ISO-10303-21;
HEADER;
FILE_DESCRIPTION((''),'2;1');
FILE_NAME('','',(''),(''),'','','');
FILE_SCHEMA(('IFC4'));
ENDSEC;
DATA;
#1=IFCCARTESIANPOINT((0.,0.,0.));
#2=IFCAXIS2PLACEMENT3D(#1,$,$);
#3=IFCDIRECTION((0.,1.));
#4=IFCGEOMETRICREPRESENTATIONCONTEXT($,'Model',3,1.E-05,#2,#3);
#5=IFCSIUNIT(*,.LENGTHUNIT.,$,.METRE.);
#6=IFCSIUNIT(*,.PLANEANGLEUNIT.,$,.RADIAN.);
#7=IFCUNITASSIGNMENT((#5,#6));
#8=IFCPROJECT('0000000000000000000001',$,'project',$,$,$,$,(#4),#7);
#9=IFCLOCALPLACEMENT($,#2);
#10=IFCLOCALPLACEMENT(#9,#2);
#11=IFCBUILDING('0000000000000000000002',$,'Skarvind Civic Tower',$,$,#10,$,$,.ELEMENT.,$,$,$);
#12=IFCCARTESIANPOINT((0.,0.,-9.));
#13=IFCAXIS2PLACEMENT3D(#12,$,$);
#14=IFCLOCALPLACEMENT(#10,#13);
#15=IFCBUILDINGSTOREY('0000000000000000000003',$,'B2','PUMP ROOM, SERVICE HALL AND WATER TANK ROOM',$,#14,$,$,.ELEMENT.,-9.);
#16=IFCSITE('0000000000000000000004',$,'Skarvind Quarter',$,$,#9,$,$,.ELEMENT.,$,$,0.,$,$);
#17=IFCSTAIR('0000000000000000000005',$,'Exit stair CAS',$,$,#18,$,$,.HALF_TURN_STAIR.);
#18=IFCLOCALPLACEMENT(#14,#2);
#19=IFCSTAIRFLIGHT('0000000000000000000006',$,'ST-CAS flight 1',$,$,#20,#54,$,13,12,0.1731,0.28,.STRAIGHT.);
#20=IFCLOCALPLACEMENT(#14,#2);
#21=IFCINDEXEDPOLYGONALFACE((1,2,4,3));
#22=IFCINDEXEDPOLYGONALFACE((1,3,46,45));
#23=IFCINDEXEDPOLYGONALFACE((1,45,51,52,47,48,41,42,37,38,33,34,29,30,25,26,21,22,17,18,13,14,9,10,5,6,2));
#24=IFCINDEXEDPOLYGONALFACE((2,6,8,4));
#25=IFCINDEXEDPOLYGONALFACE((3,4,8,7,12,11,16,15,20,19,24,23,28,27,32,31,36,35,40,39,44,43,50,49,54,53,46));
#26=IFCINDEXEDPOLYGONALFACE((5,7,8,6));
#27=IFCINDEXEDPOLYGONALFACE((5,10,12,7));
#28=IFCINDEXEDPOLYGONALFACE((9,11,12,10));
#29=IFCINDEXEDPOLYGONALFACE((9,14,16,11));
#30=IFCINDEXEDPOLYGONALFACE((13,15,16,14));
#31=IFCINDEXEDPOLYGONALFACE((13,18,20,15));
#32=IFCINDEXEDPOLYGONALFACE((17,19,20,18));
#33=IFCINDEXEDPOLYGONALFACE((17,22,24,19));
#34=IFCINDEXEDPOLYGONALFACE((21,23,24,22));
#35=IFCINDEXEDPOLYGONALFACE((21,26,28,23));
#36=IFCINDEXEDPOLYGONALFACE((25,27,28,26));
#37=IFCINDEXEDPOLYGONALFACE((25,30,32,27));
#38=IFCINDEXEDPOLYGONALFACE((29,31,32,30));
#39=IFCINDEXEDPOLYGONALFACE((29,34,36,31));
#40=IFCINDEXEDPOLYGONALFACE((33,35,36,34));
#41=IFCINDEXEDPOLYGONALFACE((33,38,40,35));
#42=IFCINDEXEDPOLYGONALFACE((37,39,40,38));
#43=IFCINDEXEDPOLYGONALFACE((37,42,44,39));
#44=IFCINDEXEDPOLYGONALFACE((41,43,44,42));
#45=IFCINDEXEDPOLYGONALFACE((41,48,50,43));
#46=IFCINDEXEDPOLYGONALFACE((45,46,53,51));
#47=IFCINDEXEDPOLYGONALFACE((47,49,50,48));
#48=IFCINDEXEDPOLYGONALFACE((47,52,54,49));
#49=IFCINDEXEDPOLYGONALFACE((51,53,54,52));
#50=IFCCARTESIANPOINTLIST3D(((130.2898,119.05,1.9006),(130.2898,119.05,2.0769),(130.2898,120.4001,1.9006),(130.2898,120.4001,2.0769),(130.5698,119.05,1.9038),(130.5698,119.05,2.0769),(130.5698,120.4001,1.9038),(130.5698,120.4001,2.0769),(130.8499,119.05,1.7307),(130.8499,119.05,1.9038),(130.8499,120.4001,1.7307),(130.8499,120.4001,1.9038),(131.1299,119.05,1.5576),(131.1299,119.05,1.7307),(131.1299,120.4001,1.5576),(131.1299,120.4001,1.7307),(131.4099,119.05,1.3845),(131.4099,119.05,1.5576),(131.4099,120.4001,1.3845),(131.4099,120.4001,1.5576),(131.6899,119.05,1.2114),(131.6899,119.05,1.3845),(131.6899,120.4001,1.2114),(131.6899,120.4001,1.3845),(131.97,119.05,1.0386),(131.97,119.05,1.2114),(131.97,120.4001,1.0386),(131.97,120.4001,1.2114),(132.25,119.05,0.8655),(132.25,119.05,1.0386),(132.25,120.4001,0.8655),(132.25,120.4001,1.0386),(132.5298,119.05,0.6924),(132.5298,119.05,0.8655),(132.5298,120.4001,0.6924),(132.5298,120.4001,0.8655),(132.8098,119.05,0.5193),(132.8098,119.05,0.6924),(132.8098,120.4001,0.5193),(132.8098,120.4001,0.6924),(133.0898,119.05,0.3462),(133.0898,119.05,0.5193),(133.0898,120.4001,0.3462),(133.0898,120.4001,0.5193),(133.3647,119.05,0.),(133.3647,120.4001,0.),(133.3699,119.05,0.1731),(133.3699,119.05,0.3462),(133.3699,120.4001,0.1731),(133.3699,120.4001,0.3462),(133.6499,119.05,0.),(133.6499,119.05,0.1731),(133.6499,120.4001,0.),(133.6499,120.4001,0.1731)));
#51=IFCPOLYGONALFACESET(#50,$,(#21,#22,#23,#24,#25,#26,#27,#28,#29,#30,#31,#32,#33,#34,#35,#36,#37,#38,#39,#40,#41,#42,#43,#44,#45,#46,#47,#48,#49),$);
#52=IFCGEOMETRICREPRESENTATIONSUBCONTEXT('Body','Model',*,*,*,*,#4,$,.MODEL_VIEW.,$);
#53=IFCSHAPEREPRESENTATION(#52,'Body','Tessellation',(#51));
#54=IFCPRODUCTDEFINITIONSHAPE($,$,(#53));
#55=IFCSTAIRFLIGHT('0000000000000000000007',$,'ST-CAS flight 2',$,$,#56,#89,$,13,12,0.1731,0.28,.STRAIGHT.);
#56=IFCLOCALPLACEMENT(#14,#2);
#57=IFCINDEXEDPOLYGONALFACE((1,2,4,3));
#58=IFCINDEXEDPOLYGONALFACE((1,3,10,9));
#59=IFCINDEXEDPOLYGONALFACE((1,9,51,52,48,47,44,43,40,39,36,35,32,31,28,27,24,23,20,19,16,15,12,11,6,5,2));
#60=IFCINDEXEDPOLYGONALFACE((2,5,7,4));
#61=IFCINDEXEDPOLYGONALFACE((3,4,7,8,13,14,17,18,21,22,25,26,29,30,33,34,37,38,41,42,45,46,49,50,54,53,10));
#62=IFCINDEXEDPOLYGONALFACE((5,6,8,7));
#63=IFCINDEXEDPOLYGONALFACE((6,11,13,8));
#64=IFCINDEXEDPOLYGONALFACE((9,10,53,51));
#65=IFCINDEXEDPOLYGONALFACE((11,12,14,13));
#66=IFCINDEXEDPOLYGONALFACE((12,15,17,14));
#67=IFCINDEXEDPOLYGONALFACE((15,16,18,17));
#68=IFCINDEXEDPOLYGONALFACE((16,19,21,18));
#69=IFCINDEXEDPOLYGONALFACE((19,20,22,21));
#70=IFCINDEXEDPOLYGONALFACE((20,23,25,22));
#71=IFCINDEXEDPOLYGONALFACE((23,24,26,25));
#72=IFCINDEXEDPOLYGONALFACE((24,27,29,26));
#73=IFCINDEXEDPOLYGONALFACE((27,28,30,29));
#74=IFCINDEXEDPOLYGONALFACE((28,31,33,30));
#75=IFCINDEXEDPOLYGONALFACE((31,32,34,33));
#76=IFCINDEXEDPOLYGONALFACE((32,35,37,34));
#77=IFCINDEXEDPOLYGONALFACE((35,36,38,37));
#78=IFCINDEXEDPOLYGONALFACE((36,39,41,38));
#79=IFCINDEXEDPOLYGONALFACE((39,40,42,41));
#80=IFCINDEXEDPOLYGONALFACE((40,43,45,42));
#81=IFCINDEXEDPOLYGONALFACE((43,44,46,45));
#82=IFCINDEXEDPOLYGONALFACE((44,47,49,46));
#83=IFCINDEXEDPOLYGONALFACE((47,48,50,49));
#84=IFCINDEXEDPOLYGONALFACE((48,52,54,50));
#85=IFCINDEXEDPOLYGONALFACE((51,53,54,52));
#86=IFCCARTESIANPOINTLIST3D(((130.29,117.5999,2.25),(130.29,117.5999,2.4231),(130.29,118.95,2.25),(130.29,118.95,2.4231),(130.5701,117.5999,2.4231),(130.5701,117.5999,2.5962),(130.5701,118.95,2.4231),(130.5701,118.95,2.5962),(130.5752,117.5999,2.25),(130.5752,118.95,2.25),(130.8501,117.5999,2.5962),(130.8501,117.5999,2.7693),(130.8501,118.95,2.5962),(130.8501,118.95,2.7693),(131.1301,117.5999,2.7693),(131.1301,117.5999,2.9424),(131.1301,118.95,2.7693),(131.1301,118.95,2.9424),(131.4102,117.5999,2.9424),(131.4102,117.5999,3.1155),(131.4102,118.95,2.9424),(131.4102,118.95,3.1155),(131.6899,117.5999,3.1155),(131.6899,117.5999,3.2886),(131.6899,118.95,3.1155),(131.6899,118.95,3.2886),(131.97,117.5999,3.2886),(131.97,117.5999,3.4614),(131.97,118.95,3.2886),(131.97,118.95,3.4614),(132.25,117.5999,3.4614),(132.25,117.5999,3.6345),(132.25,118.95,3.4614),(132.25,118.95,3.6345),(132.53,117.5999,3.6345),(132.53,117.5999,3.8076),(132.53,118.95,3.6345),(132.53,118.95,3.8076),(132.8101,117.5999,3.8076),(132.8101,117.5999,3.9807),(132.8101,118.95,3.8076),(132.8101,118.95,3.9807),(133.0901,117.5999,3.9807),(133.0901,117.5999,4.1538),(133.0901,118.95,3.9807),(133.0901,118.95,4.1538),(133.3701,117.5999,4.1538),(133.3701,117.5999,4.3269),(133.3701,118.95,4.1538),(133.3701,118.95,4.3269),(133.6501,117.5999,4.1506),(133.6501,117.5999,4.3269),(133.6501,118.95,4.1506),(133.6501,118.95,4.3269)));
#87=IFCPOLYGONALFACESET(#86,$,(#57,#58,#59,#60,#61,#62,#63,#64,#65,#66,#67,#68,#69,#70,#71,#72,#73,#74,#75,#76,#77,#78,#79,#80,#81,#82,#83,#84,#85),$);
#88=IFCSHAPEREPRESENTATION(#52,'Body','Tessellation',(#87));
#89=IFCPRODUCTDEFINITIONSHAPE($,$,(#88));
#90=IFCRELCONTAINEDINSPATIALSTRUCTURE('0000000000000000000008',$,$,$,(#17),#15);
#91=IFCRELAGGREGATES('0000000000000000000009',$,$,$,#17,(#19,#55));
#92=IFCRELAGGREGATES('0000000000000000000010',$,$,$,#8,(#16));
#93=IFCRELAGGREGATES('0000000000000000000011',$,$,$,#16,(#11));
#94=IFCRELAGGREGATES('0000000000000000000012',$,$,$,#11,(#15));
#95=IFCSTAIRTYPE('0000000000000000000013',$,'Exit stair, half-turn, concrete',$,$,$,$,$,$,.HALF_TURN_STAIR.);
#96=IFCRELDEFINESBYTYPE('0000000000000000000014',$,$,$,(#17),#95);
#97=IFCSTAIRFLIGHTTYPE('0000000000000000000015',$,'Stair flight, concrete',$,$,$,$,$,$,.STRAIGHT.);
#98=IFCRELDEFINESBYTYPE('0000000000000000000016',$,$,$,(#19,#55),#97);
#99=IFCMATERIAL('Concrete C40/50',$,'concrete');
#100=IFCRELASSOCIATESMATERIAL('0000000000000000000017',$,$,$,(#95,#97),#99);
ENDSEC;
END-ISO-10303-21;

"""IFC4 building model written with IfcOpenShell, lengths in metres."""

from ifc_helpers import new_model, si_unit, direction, frame, origin, place, context, subcontext, project, spatial, polyline, outline, extrude, material, type_object, element, aggregate, save


model = new_model("IFC4")

# Units and contexts
model_context = context("Model", 3, precision=1e-05, world=origin(), true_north=direction((0.0, 1.0)))
body_context = subcontext(model_context, "Body", "Model", "MODEL_VIEW")
ifc_project = project(units=[si_unit("LENGTHUNIT", "METRE"), si_unit("PLANEANGLEUNIT", "RADIAN")], contexts=[model_context])

# Site, building, storey
site_placement = place(None, origin())
site = spatial("IfcSite", under=ifc_project, at=site_placement, Name="Skarvind Quarter", CompositionType="ELEMENT", RefElevation=0.0)
building_placement = place(site_placement, origin())
building = spatial("IfcBuilding", under=site, at=building_placement, Name="Skarvind Civic Tower", CompositionType="ELEMENT")
storey_placement = place(building_placement, frame((0.0, 0.0, -9.0)))
storey = spatial("IfcBuildingStorey", under=building, at=storey_placement, Name="B2", Description="PUMP ROOM, SERVICE HALL AND WATER TANK ROOM", CompositionType="ELEMENT", Elevation=-9.0)

# Stair, stair flights
ifc_material_1 = material(Name="Concrete C40/50", Category="concrete")
stair_type = type_object("IfcStairType", Name="Exit stair, half-turn, concrete", PredefinedType="HALF_TURN_STAIR", material=ifc_material_1)
stair_placement = place(storey_placement, origin())
stair = element("IfcStair", 1, at=stair_placement, inside=storey, type_object=stair_type, Name="Exit stair CAS", PredefinedType="HALF_TURN_STAIR")
stair_flight_type = type_object("IfcStairFlightType", Name="Stair flight, concrete", PredefinedType="STRAIGHT", material=ifc_material_1)
stair_flight_1_placement = place(storey_placement, frame((133.6499, 119.7251, 0.0), z_axis=(0.0, 0.0, 1.0), x_axis=(-1.0, 0.0, 0.0)))
stair_flight_1 = element("IfcStairFlight", 2, at=stair_flight_1_placement, type_object=stair_flight_type, Name="ST-CAS flight 1", NumberOfRisers=13, NumberOfTreads=12, PredefinedType="STRAIGHT", RiserHeight=0.1731, TreadLength=0.28, context=body_context, shape_type="SweptSolid", body=[
    extrude(outline(polyline([(0.0, 0.0), (0.0, 0.1731), (0.28, 0.1731), (0.28, 0.3462), (0.5601, 0.3462), (0.5601, 0.5193), (0.8401, 0.5193), (0.8401, 0.6924), (1.1201, 0.6924), (1.1201, 0.8655), (1.3999, 0.8655), (1.3999, 1.0386), (1.6799, 1.0386), (1.6799, 1.2114), (1.96, 1.2114), (1.96, 1.3845), (2.24, 1.3845), (2.24, 1.5576), (2.52, 1.5576), (2.52, 1.7307), (2.8, 1.7307), (2.8, 1.9038), (3.0801, 1.9038), (3.0801, 2.0769), (3.3601, 2.0769), (3.3601, 2.25), (3.3601, 1.9006), (0.2852, 0.0), (0.0, 0.0)])), frame((0.0, 0.675, 0.0), z_axis=(0.0, -1.0, 0.0), x_axis=(1.0, 0.0, 0.0)), (0.0, 0.0, 1.0), 1.3501),
])
stair_flight_2_placement = place(storey_placement, frame((130.29, 118.2749, 2.25), z_axis=(0.0, 0.0, 1.0), x_axis=(1.0, 0.0, 0.0)))
stair_flight_2 = element("IfcStairFlight", 3, at=stair_flight_2_placement, type_object=stair_flight_type, Name="ST-CAS flight 2", NumberOfRisers=13, NumberOfTreads=12, PredefinedType="STRAIGHT", RiserHeight=0.1731, TreadLength=0.28, context=body_context, shape_type="SweptSolid", body=[
    extrude(outline(polyline([(0.0, 0.0), (0.0, 0.1731), (0.28, 0.1731), (0.28, 0.3462), (0.5601, 0.3462), (0.5601, 0.5193), (0.8401, 0.5193), (0.8401, 0.6924), (1.1201, 0.6924), (1.1201, 0.8655), (1.3999, 0.8655), (1.3999, 1.0386), (1.6799, 1.0386), (1.6799, 1.2114), (1.96, 1.2114), (1.96, 1.3845), (2.24, 1.3845), (2.24, 1.5576), (2.52, 1.5576), (2.52, 1.7307), (2.8, 1.7307), (2.8, 1.9038), (3.0801, 1.9038), (3.0801, 2.0769), (3.3601, 2.0769), (3.3601, 2.25), (3.3601, 1.9006), (0.2852, 0.0), (0.0, 0.0)])), frame((0.0, 0.675, 0.0), z_axis=(0.0, -1.0, 0.0), x_axis=(1.0, 0.0, 0.0)), (0.0, 0.0, 1.0), 1.3501),
])
aggregate(stair, [stair_flight_1, stair_flight_2])

save(model, "model.ifc")
